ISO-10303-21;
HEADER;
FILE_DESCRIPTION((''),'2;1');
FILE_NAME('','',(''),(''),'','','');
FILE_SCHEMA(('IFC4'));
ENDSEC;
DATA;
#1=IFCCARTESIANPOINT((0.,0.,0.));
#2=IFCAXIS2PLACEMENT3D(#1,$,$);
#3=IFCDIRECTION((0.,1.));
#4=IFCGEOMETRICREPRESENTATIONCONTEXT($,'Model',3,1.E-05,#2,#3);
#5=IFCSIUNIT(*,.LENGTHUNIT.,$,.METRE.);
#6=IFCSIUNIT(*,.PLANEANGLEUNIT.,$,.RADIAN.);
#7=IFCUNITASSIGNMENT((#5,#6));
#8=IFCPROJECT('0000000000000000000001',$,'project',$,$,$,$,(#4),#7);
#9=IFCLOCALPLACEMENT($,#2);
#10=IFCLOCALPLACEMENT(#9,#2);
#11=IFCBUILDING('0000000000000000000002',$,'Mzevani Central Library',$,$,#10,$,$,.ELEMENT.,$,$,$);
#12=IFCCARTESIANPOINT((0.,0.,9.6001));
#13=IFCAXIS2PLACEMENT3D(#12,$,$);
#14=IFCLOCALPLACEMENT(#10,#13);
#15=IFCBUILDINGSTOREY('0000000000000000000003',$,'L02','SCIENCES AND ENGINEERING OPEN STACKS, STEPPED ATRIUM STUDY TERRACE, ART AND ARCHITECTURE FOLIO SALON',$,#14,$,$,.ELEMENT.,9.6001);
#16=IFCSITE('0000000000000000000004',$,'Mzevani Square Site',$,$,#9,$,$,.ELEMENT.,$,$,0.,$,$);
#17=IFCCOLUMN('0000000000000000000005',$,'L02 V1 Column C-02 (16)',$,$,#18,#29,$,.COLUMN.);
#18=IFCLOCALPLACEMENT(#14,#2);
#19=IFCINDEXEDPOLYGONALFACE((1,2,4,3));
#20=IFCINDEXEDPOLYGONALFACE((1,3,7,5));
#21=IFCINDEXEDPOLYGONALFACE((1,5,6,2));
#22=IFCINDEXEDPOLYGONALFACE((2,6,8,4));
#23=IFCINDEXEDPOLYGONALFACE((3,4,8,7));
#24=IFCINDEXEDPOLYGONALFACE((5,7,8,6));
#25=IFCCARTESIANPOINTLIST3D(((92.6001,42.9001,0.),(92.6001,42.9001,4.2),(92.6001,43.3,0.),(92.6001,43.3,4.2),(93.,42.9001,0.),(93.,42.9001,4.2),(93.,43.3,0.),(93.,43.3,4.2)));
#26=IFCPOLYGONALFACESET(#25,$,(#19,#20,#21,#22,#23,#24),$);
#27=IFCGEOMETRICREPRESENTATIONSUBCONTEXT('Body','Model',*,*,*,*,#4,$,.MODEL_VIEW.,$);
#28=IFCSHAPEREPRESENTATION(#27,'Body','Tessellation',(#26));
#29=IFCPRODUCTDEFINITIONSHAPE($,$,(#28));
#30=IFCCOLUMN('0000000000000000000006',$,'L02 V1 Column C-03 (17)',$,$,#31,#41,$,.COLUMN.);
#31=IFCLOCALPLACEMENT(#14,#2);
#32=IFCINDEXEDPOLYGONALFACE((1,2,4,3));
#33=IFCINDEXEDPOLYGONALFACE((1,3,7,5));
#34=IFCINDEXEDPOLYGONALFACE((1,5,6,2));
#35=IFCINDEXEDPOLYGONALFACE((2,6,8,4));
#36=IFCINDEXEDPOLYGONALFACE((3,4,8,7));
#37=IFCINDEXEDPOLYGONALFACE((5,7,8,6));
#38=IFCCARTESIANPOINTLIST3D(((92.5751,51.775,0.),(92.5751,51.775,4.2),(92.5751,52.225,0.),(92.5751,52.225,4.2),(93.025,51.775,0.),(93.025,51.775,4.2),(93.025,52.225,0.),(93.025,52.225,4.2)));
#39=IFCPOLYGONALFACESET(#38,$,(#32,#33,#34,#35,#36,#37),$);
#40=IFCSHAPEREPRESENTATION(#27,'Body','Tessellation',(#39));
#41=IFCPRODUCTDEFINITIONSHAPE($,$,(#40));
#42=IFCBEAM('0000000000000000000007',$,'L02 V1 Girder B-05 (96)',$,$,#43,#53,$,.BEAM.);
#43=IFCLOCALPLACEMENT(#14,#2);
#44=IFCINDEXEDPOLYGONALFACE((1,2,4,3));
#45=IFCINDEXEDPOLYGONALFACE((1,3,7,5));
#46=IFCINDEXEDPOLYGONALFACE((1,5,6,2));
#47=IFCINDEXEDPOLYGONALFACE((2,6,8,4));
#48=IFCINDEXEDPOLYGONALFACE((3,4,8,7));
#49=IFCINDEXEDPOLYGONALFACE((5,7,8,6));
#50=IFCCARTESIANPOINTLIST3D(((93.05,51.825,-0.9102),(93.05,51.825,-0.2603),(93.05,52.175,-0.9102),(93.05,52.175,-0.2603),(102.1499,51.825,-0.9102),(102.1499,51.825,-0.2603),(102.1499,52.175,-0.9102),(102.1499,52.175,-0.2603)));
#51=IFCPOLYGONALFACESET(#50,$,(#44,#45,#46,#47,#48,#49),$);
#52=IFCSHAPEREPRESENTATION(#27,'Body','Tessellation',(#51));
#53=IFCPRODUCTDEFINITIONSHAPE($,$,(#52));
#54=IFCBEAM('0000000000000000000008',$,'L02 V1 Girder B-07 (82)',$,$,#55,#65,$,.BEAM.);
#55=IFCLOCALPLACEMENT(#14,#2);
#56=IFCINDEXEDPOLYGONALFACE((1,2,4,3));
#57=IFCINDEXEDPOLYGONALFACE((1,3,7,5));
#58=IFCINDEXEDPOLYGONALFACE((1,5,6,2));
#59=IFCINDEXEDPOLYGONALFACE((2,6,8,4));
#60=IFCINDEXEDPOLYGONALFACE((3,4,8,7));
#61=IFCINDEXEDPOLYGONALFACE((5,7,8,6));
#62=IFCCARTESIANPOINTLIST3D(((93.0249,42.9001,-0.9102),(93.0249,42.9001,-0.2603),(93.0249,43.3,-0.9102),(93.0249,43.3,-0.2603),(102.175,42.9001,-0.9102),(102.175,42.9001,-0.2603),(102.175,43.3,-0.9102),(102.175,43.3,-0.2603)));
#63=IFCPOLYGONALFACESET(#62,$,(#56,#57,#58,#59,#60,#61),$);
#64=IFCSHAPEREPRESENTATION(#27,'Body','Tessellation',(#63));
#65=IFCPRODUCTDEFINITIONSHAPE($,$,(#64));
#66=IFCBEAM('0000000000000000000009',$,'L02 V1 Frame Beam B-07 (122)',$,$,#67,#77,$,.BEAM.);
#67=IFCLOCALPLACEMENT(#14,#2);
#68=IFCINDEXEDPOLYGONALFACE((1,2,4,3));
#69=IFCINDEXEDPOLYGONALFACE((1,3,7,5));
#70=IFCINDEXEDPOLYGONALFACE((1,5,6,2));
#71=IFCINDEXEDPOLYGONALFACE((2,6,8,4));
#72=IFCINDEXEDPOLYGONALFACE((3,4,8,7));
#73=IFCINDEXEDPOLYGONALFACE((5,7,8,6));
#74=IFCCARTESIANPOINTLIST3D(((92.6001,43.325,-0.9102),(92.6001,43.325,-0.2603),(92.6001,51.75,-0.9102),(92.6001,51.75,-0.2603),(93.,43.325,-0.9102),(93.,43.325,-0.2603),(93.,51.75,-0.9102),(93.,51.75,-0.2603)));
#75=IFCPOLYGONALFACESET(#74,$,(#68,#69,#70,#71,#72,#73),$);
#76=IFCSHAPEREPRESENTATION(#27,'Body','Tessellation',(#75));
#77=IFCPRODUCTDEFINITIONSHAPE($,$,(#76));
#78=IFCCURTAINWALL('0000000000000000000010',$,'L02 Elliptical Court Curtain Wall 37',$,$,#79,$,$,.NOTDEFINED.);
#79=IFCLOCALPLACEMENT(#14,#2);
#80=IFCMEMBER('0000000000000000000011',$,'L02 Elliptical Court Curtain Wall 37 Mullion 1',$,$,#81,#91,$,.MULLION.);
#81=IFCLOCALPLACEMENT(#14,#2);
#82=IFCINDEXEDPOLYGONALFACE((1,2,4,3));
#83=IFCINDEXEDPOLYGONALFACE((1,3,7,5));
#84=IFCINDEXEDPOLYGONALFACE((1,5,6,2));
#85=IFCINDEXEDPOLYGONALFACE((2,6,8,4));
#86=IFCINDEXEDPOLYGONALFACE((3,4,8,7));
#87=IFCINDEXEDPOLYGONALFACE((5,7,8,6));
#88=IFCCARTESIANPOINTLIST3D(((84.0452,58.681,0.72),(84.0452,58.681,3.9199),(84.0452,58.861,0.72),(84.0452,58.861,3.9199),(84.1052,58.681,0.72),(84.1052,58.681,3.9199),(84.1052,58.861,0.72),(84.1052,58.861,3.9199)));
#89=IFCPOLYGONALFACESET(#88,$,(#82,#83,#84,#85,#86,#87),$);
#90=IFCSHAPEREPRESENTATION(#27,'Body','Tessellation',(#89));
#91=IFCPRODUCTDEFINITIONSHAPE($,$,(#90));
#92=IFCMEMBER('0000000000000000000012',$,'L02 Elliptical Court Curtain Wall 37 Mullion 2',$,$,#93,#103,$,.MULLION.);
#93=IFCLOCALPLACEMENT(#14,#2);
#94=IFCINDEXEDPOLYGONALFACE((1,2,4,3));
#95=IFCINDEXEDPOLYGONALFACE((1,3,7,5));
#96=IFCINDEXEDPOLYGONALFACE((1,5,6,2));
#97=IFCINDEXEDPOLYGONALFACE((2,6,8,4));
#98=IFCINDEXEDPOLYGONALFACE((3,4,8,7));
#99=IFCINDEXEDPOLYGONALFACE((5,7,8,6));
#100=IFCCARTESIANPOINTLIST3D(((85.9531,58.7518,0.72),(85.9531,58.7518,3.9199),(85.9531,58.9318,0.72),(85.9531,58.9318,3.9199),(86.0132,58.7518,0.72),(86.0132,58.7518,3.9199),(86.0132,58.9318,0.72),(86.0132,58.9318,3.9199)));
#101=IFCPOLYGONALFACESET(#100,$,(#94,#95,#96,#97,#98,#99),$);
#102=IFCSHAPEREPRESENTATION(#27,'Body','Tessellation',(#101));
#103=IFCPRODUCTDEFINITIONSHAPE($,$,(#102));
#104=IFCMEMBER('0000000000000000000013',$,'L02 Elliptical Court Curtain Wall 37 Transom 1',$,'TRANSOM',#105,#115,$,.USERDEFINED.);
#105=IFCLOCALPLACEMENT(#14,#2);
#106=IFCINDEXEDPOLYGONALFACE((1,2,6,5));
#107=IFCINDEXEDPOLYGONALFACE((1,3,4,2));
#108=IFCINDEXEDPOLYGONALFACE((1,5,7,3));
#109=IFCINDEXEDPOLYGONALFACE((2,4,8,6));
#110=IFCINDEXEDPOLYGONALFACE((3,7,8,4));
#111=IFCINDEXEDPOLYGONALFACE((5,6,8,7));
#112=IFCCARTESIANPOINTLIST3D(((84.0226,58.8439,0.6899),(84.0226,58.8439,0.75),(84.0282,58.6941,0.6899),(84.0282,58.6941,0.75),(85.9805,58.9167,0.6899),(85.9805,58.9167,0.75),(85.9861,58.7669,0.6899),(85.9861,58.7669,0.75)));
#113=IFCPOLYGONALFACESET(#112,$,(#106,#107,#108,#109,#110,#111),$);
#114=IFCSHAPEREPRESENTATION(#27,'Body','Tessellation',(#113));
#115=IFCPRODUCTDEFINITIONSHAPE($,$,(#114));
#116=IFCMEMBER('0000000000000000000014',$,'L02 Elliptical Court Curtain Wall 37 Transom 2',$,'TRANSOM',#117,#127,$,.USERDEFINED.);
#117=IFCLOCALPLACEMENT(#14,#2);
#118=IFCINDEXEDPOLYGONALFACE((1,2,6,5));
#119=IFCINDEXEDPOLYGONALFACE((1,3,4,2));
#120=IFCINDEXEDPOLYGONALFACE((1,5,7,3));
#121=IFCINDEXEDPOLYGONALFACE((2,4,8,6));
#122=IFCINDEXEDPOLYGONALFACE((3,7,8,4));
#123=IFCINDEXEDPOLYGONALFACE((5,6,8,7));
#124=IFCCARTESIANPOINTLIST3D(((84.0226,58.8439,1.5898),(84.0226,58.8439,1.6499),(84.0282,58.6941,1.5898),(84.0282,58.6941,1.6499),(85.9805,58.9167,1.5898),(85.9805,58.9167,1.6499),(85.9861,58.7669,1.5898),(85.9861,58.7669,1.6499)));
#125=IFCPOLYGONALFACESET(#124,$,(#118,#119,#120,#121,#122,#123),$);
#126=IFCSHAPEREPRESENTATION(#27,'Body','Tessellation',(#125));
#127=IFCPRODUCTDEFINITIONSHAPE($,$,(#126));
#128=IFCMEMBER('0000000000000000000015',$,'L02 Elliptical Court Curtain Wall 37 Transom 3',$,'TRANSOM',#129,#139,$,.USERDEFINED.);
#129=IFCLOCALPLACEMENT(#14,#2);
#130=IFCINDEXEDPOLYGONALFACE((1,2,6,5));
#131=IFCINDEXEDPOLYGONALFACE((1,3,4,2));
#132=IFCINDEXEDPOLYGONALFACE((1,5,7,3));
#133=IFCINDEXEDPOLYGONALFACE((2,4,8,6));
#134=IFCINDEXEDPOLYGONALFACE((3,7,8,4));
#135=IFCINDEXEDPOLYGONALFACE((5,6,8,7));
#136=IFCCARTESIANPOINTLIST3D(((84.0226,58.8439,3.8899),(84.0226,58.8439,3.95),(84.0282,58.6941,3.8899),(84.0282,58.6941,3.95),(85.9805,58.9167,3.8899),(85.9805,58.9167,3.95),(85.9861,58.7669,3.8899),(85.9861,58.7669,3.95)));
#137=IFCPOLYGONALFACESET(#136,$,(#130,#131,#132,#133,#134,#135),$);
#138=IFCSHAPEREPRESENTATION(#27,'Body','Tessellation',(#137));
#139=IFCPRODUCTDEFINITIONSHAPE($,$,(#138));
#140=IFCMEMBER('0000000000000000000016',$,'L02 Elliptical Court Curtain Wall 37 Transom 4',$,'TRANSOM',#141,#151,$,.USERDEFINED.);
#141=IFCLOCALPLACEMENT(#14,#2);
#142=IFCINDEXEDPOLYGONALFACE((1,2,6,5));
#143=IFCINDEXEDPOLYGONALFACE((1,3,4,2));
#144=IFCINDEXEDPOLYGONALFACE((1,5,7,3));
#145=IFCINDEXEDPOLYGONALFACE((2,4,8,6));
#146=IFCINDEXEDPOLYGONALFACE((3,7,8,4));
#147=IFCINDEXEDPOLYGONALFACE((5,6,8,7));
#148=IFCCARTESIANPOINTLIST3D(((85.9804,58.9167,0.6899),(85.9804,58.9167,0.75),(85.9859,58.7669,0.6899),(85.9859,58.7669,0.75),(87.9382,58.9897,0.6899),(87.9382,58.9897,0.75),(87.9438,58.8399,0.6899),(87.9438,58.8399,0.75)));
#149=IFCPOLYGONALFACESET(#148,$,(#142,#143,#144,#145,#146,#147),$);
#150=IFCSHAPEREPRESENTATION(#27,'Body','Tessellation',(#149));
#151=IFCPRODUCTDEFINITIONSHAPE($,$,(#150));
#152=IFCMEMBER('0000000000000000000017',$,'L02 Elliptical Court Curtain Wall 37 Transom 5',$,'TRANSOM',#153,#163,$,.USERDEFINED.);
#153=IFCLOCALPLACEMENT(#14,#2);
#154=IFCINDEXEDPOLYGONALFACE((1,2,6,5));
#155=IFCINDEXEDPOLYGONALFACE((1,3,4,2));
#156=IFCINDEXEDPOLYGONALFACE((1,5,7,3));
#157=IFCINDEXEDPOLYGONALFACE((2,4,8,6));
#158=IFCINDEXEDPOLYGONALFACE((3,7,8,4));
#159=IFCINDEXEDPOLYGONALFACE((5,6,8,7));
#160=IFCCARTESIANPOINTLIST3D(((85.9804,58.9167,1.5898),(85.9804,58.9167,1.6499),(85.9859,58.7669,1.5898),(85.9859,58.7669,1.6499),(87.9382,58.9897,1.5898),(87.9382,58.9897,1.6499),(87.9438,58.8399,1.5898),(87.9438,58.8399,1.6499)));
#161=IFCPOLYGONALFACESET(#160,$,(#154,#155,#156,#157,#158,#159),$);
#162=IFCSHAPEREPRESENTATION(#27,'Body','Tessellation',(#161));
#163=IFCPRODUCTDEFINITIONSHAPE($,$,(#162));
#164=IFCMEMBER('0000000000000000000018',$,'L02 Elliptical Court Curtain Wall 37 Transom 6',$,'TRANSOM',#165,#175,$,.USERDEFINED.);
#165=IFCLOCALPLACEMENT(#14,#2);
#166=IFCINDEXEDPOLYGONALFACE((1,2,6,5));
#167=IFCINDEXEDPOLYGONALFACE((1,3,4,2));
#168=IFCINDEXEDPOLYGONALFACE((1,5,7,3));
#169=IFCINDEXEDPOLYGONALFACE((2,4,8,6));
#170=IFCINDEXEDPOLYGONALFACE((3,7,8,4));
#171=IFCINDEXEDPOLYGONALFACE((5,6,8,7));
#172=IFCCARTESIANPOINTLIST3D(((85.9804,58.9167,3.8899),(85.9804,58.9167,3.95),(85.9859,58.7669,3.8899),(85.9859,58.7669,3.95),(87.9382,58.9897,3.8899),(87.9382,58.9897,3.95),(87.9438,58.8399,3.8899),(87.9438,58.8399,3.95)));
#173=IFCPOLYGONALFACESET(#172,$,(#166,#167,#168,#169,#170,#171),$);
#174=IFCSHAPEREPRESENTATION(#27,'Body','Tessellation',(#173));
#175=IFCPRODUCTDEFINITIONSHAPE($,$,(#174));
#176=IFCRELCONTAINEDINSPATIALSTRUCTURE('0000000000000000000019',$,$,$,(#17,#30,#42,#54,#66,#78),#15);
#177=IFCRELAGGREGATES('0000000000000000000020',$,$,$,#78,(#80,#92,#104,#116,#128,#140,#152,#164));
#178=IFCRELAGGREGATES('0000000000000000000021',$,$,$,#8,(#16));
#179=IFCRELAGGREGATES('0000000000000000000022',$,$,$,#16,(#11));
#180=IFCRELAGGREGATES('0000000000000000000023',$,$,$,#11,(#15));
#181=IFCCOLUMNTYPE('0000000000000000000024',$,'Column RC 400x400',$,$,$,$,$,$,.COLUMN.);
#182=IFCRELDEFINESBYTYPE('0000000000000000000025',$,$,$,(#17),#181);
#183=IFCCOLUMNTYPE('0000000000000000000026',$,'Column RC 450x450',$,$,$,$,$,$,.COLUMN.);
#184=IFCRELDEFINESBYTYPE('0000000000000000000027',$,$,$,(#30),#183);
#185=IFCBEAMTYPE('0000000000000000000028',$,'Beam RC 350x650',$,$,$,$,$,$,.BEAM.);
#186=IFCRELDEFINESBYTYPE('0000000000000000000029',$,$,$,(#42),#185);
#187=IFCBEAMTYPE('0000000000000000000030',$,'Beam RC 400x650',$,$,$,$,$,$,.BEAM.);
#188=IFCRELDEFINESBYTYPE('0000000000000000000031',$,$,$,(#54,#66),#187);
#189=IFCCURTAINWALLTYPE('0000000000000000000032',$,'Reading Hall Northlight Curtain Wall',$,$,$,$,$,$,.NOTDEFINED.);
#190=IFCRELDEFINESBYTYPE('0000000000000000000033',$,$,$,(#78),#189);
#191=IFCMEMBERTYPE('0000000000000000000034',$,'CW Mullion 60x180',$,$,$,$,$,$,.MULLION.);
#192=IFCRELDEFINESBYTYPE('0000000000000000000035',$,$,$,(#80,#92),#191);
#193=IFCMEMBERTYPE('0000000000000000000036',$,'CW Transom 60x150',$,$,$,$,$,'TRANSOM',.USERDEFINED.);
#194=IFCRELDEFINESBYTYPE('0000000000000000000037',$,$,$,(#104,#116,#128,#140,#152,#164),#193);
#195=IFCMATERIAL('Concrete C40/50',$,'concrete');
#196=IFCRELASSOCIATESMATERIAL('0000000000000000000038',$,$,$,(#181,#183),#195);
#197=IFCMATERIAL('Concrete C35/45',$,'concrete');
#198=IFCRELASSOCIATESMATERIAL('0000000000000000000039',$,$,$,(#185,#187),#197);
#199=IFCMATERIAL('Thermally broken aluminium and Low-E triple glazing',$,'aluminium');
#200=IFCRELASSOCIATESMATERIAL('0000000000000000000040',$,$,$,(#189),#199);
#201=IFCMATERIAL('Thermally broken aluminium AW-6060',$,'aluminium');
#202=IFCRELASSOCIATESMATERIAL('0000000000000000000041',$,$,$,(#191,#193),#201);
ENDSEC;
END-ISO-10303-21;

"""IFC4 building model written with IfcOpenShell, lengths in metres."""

from ifc_helpers import new_model, si_unit, direction, frame, origin, origin_2d, place, context, subcontext, project, spatial, rectangle, extrude, material, material_profile, profile_set, type_object, element, aggregate, save


model = new_model("IFC4")

# Units and contexts
model_context = context("Model", 3, precision=1e-05, world=origin(), true_north=direction((0.0, 1.0)))
body_context = subcontext(model_context, "Body", "Model", "MODEL_VIEW")
ifc_project = project(units=[si_unit("LENGTHUNIT", "METRE"), si_unit("PLANEANGLEUNIT", "RADIAN")], contexts=[model_context])

# Site, building, storey
site_placement = place(None, origin())
site = spatial("IfcSite", under=ifc_project, at=site_placement, Name="Mzevani Square Site", CompositionType="ELEMENT", RefElevation=0.0)
building_placement = place(site_placement, origin())
building = spatial("IfcBuilding", under=site, at=building_placement, Name="Mzevani Central Library", CompositionType="ELEMENT")
storey_placement = place(building_placement, frame((0.0, 0.0, 9.6001)))
storey = spatial("IfcBuildingStorey", under=building, at=storey_placement, Name="L02", Description="SCIENCES AND ENGINEERING OPEN STACKS, STEPPED ATRIUM STUDY TERRACE, ART AND ARCHITECTURE FOLIO SALON", CompositionType="ELEMENT", Elevation=9.6001)

# Columns
ifc_material_1 = material(Name="Concrete C40/50", Category="concrete")
ifc_material_profile_1 = material_profile(ifc_material_1, rectangle(XDim=0.3999, YDim=0.3999, at=origin_2d()), Name="RC 400x400")
ifc_profile_set_1 = profile_set([ifc_material_profile_1], Name="Concrete C40/50")
column_type_1 = type_object("IfcColumnType", Name="Column RC 400x400", PredefinedType="COLUMN", material=ifc_profile_set_1)
column_1_placement = place(storey_placement, frame((92.8, 43.1001, 0.0), z_axis=(0.0, 0.0, 1.0), x_axis=(1.0, 0.0, 0.0)))
element("IfcColumn", 1, at=column_1_placement, inside=storey, type_object=column_type_1, Name="L02 V1 Column C-02 (16)", PredefinedType="COLUMN", context=body_context, shape_type="SweptSolid", body=[
    extrude(rectangle(XDim=0.3999, YDim=0.3999, at=origin_2d()), origin(), (0.0, 0.0, 1.0), 4.2),
])
ifc_material_profile_2 = material_profile(ifc_material_1, rectangle(XDim=0.45, YDim=0.45, at=origin_2d()), Name="RC 450x450")
ifc_profile_set_2 = profile_set([ifc_material_profile_2], Name="Concrete C40/50")
column_type_2 = type_object("IfcColumnType", Name="Column RC 450x450", PredefinedType="COLUMN", material=ifc_profile_set_2)
column_2_placement = place(storey_placement, frame((92.8, 52.0, 0.0), z_axis=(0.0, 0.0, 1.0), x_axis=(1.0, 0.0, 0.0)))
element("IfcColumn", 2, at=column_2_placement, inside=storey, type_object=column_type_2, Name="L02 V1 Column C-03 (17)", PredefinedType="COLUMN", context=body_context, shape_type="SweptSolid", body=[
    extrude(rectangle(XDim=0.45, YDim=0.45, at=origin_2d()), origin(), (0.0, 0.0, 1.0), 4.2),
])

# Beams
ifc_material_2 = material(Name="Concrete C35/45", Category="concrete")
ifc_material_profile_3 = material_profile(ifc_material_2, rectangle(XDim=0.3501, YDim=0.6499, at=origin_2d()), Name="RC B350x650")
ifc_profile_set_3 = profile_set([ifc_material_profile_3], Name="Concrete C35/45")
beam_type_1 = type_object("IfcBeamType", Name="Beam RC 350x650", PredefinedType="BEAM", material=ifc_profile_set_3)
beam_1_placement = place(storey_placement, frame((93.05, 52.0, -0.5852), z_axis=(1.0, 0.0, 0.0), x_axis=(0.0, 1.0, 0.0)))
element("IfcBeam", 3, at=beam_1_placement, inside=storey, type_object=beam_type_1, Name="L02 V1 Girder B-05 (96)", PredefinedType="BEAM", context=body_context, shape_type="SweptSolid", body=[
    extrude(rectangle(XDim=0.3501, YDim=0.6499, at=origin_2d()), origin(), (0.0, 0.0, 1.0), 9.0999),
])
ifc_material_profile_4 = material_profile(ifc_material_2, rectangle(XDim=0.3999, YDim=0.6499, at=origin_2d()), Name="RC B400x650")
ifc_profile_set_4 = profile_set([ifc_material_profile_4], Name="Concrete C35/45")
beam_type_2 = type_object("IfcBeamType", Name="Beam RC 400x650", PredefinedType="BEAM", material=ifc_profile_set_4)
beam_2_placement = place(storey_placement, frame((93.0249, 43.1001, -0.5852), z_axis=(1.0, 0.0, 0.0), x_axis=(0.0, 1.0, 0.0)))
element("IfcBeam", 4, at=beam_2_placement, inside=storey, type_object=beam_type_2, Name="L02 V1 Girder B-07 (82)", PredefinedType="BEAM", context=body_context, shape_type="SweptSolid", body=[
    extrude(rectangle(XDim=0.3999, YDim=0.6499, at=origin_2d()), origin(), (0.0, 0.0, 1.0), 9.1501),
])
beam_3_placement = place(storey_placement, frame((92.8, 43.325, -0.5852), z_axis=(0.0, 1.0, 0.0), x_axis=(-1.0, 0.0, 0.0)))
element("IfcBeam", 5, at=beam_3_placement, inside=storey, type_object=beam_type_2, Name="L02 V1 Frame Beam B-07 (122)", PredefinedType="BEAM", context=body_context, shape_type="SweptSolid", body=[
    extrude(rectangle(XDim=0.3999, YDim=0.6499, at=origin_2d()), origin(), (0.0, 0.0, 1.0), 8.425),
])

# Curtain wall, members
ifc_material_3 = material(Name="Thermally broken aluminium and Low-E triple glazing", Category="aluminium")
curtain_wall_type = type_object("IfcCurtainWallType", Name="Reading Hall Northlight Curtain Wall", PredefinedType="NOTDEFINED", material=ifc_material_3)
curtain_wall_placement = place(storey_placement, origin())
curtain_wall = element("IfcCurtainWall", 6, at=curtain_wall_placement, inside=storey, type_object=curtain_wall_type, Name="L02 Elliptical Court Curtain Wall 37", PredefinedType="NOTDEFINED")
ifc_material_4 = material(Name="Thermally broken aluminium AW-6060", Category="aluminium")
ifc_material_profile_5 = material_profile(ifc_material_4, rectangle(XDim=0.0601, YDim=0.1799, at=origin_2d()), Name="ALU M60x180")
ifc_profile_set_5 = profile_set([ifc_material_profile_5], Name="Thermally broken aluminium AW-6060")
member_type_1 = type_object("IfcMemberType", Name="CW Mullion 60x180", PredefinedType="MULLION", material=ifc_profile_set_5)
member_1_placement = place(storey_placement, frame((84.0752, 58.771, 0.72), z_axis=(0.0, 0.0, 1.0), x_axis=(1.0, 0.0, 0.0)))
member_1 = element("IfcMember", 7, at=member_1_placement, type_object=member_type_1, Name="L02 Elliptical Court Curtain Wall 37 Mullion 1", PredefinedType="MULLION", context=body_context, shape_type="SweptSolid", body=[
    extrude(rectangle(XDim=0.0601, YDim=0.1799, at=origin_2d()), origin(), (0.0, 0.0, 1.0), 3.2),
])
member_2_placement = place(storey_placement, frame((85.9832, 58.8418, 0.72), z_axis=(0.0, 0.0, 1.0), x_axis=(1.0, 0.0, 0.0)))
member_2 = element("IfcMember", 8, at=member_2_placement, type_object=member_type_1, Name="L02 Elliptical Court Curtain Wall 37 Mullion 2", PredefinedType="MULLION", context=body_context, shape_type="SweptSolid", body=[
    extrude(rectangle(XDim=0.0601, YDim=0.1799, at=origin_2d()), origin(), (0.0, 0.0, 1.0), 3.2),
])
ifc_material_profile_6 = material_profile(ifc_material_4, rectangle(XDim=0.1499, YDim=0.0601, at=origin_2d()), Name="ALU T60x150")
ifc_profile_set_6 = profile_set([ifc_material_profile_6], Name="Thermally broken aluminium AW-6060")
member_type_2 = type_object("IfcMemberType", Name="CW Transom 60x150", ElementType="TRANSOM", PredefinedType="USERDEFINED", material=ifc_profile_set_6)
member_3_placement = place(storey_placement, frame((84.0254, 58.769, 0.72), z_axis=(0.99931, 0.037136, 0.0), x_axis=(-0.037136, 0.99931, 0.0)))
member_3 = element("IfcMember", 9, at=member_3_placement, type_object=member_type_2, Name="L02 Elliptical Court Curtain Wall 37 Transom 1", ObjectType="TRANSOM", PredefinedType="USERDEFINED", context=body_context, shape_type="SweptSolid", body=[
    extrude(rectangle(XDim=0.1499, YDim=0.0601, at=origin_2d()), origin(), (0.0, 0.0, 1.0), 1.9592),
])
member_4_placement = place(storey_placement, frame((84.0254, 58.769, 1.6199), z_axis=(0.99931, 0.037136, 0.0), x_axis=(-0.037136, 0.99931, 0.0)))
member_4 = element("IfcMember", 10, at=member_4_placement, type_object=member_type_2, Name="L02 Elliptical Court Curtain Wall 37 Transom 2", ObjectType="TRANSOM", PredefinedType="USERDEFINED", context=body_context, shape_type="SweptSolid", body=[
    extrude(rectangle(XDim=0.1499, YDim=0.0601, at=origin_2d()), origin(), (0.0, 0.0, 1.0), 1.9592),
])
member_5_placement = place(storey_placement, frame((84.0254, 58.769, 3.9199), z_axis=(0.99931, 0.037136, 0.0), x_axis=(-0.037136, 0.99931, 0.0)))
member_5 = element("IfcMember", 11, at=member_5_placement, type_object=member_type_2, Name="L02 Elliptical Court Curtain Wall 37 Transom 3", ObjectType="TRANSOM", PredefinedType="USERDEFINED", context=body_context, shape_type="SweptSolid", body=[
    extrude(rectangle(XDim=0.1499, YDim=0.0601, at=origin_2d()), origin(), (0.0, 0.0, 1.0), 1.9592),
])
member_6_placement = place(storey_placement, frame((85.9832, 58.8418, 0.72), z_axis=(0.999306, 0.037261, 0.0), x_axis=(-0.037261, 0.999306, 0.0)))
member_6 = element("IfcMember", 12, at=member_6_placement, type_object=member_type_2, Name="L02 Elliptical Court Curtain Wall 37 Transom 4", ObjectType="TRANSOM", PredefinedType="USERDEFINED", context=body_context, shape_type="SweptSolid", body=[
    extrude(rectangle(XDim=0.1499, YDim=0.0601, at=origin_2d()), origin(), (0.0, 0.0, 1.0), 1.9592),
])
member_7_placement = place(storey_placement, frame((85.9832, 58.8418, 1.6199), z_axis=(0.999306, 0.037261, 0.0), x_axis=(-0.037261, 0.999306, 0.0)))
member_7 = element("IfcMember", 13, at=member_7_placement, type_object=member_type_2, Name="L02 Elliptical Court Curtain Wall 37 Transom 5", ObjectType="TRANSOM", PredefinedType="USERDEFINED", context=body_context, shape_type="SweptSolid", body=[
    extrude(rectangle(XDim=0.1499, YDim=0.0601, at=origin_2d()), origin(), (0.0, 0.0, 1.0), 1.9592),
])
member_8_placement = place(storey_placement, frame((85.9832, 58.8418, 3.9199), z_axis=(0.999306, 0.037261, 0.0), x_axis=(-0.037261, 0.999306, 0.0)))
member_8 = element("IfcMember", 14, at=member_8_placement, type_object=member_type_2, Name="L02 Elliptical Court Curtain Wall 37 Transom 6", ObjectType="TRANSOM", PredefinedType="USERDEFINED", context=body_context, shape_type="SweptSolid", body=[
    extrude(rectangle(XDim=0.1499, YDim=0.0601, at=origin_2d()), origin(), (0.0, 0.0, 1.0), 1.9592),
])

aggregate(curtain_wall, [member_1, member_2, member_3, member_4, member_5, member_6, member_7, member_8])

save(model, "model.ifc")
